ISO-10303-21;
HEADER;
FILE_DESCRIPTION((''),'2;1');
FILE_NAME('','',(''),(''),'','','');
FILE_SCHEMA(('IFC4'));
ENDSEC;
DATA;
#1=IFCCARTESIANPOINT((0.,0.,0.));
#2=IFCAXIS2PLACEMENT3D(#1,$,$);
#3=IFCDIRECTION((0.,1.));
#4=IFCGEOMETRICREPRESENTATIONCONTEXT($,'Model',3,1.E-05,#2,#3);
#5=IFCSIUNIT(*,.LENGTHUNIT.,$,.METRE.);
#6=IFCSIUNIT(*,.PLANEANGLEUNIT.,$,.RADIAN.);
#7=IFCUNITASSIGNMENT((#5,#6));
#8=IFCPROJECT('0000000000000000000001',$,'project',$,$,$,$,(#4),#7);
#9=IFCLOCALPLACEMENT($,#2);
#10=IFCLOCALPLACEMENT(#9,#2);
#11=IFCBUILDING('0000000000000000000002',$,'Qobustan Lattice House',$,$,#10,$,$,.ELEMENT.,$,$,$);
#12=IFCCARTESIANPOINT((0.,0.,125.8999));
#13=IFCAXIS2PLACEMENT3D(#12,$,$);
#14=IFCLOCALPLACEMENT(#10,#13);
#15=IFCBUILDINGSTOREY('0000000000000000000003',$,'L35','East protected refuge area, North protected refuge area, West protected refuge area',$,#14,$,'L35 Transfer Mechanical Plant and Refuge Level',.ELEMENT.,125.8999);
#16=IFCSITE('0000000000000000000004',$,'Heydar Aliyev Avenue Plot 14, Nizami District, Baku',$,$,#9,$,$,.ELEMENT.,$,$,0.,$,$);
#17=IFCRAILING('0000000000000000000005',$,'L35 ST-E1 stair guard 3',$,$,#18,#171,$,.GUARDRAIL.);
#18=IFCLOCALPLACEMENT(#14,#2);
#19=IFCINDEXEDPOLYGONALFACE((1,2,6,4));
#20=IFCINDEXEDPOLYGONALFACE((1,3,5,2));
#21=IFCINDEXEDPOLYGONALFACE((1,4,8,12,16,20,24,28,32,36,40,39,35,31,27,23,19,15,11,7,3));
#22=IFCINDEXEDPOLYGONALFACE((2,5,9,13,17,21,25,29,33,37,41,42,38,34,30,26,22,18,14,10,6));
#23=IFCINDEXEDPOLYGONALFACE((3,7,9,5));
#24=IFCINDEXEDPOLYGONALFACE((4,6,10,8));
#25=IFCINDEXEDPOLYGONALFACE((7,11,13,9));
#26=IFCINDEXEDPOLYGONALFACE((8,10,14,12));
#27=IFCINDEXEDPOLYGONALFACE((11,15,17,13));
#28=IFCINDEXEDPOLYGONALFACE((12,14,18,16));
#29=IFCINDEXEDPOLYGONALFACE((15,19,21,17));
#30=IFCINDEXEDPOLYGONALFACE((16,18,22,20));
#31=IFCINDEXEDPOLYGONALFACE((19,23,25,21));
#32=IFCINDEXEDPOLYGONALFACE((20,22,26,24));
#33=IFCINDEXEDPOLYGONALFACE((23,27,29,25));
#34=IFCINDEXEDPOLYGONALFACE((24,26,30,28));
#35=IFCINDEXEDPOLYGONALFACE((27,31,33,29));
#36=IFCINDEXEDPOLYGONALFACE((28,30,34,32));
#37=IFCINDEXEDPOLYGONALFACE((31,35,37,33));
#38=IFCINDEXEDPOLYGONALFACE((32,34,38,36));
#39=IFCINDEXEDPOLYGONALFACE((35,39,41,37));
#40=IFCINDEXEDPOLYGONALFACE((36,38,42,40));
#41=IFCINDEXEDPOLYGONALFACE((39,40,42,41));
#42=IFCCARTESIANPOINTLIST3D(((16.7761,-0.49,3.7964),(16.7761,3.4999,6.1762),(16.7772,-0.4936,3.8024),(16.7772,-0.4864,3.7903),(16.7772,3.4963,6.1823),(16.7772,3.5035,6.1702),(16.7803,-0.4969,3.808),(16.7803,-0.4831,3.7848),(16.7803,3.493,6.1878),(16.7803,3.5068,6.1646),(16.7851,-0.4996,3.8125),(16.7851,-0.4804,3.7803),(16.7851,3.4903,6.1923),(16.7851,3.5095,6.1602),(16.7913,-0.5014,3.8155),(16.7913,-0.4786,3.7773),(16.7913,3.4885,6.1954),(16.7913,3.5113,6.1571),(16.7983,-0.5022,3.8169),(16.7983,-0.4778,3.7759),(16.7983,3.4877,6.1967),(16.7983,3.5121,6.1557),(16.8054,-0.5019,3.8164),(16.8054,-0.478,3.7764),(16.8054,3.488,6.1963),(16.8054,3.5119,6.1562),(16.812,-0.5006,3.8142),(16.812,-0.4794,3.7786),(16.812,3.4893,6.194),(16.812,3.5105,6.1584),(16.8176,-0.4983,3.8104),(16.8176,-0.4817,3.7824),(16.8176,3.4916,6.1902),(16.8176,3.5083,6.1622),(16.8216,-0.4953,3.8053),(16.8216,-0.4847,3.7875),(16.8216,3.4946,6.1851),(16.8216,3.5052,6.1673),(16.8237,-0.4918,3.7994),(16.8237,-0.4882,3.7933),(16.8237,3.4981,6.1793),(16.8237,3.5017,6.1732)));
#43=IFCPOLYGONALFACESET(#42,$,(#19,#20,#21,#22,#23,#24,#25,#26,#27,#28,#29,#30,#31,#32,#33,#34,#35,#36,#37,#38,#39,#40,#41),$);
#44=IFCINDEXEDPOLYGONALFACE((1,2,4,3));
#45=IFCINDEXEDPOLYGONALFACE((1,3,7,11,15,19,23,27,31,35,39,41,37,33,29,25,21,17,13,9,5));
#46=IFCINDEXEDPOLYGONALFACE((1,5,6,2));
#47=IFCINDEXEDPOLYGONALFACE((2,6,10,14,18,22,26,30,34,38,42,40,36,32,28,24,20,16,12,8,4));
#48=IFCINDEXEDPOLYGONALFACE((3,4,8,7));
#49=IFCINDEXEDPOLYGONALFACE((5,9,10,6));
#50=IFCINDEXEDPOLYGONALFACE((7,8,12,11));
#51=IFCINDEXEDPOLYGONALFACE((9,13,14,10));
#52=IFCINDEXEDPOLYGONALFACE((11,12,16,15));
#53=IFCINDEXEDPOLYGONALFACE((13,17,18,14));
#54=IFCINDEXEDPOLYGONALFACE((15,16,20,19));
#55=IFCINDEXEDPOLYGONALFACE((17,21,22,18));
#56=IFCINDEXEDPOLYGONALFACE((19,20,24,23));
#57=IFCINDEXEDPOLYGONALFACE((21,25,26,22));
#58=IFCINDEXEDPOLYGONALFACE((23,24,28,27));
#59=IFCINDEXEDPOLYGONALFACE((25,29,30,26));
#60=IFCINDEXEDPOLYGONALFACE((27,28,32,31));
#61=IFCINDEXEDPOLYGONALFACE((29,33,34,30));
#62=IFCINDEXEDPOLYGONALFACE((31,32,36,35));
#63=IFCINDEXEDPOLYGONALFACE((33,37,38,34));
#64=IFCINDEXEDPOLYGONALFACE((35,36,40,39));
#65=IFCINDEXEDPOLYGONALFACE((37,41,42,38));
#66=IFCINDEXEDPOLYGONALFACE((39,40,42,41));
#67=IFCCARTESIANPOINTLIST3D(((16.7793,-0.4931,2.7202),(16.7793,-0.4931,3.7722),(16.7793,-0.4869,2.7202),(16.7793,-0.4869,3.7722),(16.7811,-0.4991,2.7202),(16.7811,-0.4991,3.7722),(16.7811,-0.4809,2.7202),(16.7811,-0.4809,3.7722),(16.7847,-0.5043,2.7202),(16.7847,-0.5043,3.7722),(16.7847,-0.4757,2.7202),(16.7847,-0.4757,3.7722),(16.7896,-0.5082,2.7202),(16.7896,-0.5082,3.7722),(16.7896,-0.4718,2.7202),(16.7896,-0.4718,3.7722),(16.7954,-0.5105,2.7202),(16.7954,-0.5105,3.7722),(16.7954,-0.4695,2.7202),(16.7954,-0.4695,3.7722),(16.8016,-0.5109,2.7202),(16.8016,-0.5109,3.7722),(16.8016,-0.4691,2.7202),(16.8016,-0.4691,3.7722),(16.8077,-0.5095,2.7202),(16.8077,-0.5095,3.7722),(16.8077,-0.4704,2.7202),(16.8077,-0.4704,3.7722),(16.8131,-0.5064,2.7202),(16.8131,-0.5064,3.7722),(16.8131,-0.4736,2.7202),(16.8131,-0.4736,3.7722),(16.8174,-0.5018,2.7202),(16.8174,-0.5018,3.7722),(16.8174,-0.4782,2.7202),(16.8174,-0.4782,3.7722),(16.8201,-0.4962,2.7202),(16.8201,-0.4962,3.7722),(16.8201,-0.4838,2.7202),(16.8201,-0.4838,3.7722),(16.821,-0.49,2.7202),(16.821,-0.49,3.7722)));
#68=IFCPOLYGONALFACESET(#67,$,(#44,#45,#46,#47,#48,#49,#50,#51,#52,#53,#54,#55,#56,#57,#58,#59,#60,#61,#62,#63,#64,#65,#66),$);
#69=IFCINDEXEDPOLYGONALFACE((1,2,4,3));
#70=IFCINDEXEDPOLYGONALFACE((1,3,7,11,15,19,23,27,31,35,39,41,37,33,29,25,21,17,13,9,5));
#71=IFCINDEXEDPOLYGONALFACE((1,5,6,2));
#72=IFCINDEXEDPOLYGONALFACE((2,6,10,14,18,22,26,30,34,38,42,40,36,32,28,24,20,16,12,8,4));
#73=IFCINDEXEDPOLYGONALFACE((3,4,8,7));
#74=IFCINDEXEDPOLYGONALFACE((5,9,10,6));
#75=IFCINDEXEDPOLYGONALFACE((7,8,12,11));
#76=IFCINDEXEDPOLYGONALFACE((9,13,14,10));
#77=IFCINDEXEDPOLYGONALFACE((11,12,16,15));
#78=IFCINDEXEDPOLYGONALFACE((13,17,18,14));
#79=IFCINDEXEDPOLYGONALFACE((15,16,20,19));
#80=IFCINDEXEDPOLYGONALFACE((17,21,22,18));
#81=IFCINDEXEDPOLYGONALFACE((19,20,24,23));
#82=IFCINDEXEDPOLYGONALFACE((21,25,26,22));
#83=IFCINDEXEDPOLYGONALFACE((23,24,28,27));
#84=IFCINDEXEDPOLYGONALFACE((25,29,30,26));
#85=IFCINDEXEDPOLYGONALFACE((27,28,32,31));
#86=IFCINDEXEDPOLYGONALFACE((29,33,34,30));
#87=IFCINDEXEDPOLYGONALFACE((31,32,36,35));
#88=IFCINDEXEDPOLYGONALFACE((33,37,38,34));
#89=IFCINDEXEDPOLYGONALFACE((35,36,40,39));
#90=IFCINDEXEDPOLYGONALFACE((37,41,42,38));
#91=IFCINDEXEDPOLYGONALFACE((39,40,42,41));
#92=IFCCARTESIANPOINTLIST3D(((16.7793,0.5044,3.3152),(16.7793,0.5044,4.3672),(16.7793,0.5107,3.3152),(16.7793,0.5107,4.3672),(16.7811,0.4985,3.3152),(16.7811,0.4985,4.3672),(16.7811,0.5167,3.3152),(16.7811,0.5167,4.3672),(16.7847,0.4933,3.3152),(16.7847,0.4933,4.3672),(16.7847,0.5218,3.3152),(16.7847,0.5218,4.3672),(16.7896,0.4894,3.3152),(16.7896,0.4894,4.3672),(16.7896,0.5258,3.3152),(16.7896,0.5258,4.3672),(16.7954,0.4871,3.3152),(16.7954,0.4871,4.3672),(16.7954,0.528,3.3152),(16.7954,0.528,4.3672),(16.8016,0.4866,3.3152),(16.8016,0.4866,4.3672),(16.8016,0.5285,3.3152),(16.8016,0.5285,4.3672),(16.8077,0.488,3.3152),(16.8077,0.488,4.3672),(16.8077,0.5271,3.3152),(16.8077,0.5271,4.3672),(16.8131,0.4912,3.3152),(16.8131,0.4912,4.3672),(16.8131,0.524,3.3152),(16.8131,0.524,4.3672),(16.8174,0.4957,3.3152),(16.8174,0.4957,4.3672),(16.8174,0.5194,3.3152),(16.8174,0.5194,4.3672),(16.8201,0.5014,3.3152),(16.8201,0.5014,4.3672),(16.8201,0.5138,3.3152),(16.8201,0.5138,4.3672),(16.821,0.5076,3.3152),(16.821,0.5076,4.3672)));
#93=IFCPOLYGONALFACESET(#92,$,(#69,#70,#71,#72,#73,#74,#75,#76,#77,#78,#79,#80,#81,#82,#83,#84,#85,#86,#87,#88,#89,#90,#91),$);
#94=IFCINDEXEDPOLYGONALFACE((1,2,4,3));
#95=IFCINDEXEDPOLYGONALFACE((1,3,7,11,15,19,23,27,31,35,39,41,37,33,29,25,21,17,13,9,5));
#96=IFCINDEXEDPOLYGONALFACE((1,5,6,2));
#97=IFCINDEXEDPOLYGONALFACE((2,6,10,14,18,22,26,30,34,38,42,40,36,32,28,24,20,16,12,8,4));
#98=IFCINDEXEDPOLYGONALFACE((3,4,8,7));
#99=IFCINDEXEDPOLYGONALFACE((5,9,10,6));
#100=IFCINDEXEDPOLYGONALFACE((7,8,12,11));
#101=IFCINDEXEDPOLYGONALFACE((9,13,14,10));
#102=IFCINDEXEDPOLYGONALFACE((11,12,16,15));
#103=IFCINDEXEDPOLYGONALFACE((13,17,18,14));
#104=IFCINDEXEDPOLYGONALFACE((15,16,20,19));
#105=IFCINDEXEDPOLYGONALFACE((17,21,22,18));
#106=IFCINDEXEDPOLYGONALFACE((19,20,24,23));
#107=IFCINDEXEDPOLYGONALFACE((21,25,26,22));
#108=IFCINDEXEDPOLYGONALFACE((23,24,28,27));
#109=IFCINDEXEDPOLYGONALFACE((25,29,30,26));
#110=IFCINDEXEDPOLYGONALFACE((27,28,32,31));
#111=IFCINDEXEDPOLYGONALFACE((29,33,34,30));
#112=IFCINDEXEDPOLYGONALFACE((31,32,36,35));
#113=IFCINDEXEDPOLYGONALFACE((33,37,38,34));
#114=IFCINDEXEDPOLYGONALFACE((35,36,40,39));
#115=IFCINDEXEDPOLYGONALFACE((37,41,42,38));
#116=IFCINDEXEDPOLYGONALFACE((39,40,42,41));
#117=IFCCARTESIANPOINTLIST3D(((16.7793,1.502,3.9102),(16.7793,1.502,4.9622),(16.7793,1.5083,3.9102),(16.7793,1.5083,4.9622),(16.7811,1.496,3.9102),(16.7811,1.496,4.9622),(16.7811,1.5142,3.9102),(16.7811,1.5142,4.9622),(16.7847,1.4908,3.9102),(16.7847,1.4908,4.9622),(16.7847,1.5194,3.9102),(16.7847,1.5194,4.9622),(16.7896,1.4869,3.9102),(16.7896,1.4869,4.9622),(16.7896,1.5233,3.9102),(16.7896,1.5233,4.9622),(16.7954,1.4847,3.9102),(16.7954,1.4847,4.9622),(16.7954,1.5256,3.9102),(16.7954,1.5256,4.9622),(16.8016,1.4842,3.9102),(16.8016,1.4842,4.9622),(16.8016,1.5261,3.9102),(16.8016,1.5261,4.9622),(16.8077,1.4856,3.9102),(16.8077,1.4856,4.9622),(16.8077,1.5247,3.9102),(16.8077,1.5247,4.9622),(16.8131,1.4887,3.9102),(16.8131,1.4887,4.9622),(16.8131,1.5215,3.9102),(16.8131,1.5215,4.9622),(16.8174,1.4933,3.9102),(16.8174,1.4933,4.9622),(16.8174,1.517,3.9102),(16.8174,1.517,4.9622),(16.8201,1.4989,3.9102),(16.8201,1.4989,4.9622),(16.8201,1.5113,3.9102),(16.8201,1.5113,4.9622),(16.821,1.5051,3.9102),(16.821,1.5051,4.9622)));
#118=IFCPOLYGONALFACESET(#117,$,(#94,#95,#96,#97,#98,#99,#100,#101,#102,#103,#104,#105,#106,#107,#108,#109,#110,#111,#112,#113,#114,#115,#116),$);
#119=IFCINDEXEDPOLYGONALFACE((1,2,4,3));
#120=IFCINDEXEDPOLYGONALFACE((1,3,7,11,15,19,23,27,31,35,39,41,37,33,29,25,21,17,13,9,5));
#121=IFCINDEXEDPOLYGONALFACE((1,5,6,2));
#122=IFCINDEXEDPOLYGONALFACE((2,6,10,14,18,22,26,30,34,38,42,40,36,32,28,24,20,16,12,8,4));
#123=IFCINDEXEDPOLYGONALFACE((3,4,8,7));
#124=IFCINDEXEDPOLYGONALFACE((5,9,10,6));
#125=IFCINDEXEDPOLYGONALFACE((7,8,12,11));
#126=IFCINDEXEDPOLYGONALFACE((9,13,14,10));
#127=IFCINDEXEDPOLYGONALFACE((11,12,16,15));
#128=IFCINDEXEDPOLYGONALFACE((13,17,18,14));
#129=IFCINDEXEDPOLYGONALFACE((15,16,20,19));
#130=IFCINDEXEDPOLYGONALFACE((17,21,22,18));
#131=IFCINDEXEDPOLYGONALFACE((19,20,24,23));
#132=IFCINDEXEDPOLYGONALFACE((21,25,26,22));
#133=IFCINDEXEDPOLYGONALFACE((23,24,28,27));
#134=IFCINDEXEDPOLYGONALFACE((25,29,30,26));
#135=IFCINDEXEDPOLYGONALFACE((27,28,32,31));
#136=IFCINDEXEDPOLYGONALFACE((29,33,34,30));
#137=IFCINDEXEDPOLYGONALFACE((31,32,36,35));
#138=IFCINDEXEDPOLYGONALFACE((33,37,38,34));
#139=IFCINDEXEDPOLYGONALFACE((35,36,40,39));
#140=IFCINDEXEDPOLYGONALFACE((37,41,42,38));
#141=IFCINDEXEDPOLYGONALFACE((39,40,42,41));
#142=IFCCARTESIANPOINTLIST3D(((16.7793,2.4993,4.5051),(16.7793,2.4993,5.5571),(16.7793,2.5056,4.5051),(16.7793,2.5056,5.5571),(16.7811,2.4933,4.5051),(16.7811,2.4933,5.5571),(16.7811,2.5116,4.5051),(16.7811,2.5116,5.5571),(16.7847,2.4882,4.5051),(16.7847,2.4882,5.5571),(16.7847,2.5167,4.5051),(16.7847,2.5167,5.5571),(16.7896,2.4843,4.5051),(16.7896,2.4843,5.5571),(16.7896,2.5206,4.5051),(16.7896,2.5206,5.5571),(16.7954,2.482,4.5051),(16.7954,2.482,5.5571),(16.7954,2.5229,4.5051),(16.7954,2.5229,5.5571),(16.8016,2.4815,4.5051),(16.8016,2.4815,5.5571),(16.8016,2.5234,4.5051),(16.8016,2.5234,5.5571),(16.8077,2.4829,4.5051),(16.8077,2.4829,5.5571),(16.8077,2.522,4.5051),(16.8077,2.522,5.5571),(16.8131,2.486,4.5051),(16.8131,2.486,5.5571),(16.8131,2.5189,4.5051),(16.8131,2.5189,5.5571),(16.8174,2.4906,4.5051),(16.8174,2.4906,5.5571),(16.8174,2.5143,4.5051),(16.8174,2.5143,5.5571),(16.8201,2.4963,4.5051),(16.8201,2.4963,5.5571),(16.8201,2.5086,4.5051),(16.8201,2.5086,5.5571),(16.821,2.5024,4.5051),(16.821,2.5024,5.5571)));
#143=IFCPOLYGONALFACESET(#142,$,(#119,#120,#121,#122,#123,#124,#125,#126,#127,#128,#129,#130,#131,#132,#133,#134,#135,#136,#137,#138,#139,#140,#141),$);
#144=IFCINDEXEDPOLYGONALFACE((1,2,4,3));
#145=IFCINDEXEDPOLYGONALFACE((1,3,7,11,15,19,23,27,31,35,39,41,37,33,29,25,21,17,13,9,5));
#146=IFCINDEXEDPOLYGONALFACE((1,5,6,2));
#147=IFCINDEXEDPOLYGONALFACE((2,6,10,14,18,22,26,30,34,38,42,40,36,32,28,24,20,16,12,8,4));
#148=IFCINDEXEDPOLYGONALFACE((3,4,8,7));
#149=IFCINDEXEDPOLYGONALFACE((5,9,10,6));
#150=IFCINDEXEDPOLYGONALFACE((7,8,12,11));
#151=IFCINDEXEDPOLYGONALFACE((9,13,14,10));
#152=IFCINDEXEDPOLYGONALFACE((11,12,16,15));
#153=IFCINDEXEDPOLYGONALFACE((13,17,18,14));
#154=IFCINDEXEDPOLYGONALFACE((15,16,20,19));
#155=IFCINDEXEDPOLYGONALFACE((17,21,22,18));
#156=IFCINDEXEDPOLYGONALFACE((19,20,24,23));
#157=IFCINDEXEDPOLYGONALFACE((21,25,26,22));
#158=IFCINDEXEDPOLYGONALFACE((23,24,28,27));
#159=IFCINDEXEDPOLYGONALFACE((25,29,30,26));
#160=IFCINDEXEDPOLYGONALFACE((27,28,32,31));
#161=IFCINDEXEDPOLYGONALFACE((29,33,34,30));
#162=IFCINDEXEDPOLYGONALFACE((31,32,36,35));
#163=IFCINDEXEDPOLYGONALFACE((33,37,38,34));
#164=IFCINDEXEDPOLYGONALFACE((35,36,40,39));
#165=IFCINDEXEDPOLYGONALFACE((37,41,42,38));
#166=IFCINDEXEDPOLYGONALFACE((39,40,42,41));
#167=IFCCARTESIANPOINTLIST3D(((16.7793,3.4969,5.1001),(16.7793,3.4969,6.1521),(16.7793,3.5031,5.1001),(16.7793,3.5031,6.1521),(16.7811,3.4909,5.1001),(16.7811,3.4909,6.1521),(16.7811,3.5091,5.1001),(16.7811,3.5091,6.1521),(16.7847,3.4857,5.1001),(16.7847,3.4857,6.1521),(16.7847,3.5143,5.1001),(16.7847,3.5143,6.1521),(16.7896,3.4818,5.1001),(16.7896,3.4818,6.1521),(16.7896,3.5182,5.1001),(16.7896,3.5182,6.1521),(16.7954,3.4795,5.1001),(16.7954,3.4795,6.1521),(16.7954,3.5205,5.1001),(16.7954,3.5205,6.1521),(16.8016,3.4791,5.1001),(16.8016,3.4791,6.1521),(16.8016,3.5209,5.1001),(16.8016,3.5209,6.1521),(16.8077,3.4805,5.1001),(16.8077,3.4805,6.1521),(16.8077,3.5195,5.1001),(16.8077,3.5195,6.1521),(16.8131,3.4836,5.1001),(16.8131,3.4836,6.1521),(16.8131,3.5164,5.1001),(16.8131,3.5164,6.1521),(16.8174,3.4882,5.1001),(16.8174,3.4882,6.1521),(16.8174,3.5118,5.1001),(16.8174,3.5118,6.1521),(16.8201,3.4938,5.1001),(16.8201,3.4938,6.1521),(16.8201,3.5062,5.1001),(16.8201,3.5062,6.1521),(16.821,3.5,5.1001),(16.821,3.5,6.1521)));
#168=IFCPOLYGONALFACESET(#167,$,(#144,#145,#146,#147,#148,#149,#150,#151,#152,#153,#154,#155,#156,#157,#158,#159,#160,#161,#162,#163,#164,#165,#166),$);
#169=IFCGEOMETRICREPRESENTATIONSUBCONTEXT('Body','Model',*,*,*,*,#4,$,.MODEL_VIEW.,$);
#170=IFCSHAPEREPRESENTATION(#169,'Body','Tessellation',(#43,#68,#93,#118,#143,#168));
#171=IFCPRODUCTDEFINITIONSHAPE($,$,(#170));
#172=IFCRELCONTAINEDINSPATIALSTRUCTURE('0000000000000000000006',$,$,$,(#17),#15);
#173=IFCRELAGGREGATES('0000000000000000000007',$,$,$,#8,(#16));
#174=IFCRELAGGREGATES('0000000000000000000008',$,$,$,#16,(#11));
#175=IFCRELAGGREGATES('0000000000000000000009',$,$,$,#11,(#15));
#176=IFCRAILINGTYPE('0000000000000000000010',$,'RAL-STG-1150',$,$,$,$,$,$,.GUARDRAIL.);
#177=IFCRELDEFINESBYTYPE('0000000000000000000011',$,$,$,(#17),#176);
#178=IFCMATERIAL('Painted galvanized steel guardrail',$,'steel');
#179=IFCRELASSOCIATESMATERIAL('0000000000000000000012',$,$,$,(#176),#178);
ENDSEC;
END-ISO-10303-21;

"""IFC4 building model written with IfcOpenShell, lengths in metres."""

from ifc_helpers import new_model, si_unit, direction, frame, origin, origin_2d, place, context, subcontext, project, spatial, circle, extrude, material, type_object, element, save


model = new_model("IFC4")

# Units and contexts
model_context = context("Model", 3, precision=1e-05, world=origin(), true_north=direction((0.0, 1.0)))
body_context = subcontext(model_context, "Body", "Model", "MODEL_VIEW")
ifc_project = project(units=[si_unit("LENGTHUNIT", "METRE"), si_unit("PLANEANGLEUNIT", "RADIAN")], contexts=[model_context])

# Site, building, storey
site_placement = place(None, origin())
site = spatial("IfcSite", under=ifc_project, at=site_placement, Name="Heydar Aliyev Avenue Plot 14, Nizami District, Baku", CompositionType="ELEMENT", RefElevation=0.0)
building_placement = place(site_placement, origin())
building = spatial("IfcBuilding", under=site, at=building_placement, Name="Qobustan Lattice House", CompositionType="ELEMENT")
storey_placement = place(building_placement, frame((0.0, 0.0, 125.8999)))
storey = spatial("IfcBuildingStorey", under=building, at=storey_placement, Name="L35", Description="East protected refuge area, North protected refuge area, West protected refuge area", LongName="L35 Transfer Mechanical Plant and Refuge Level", CompositionType="ELEMENT", Elevation=125.8999)

# Railing
ifc_material_1 = material(Name="Painted galvanized steel guardrail", Category="steel")
railing_type_1 = type_object("IfcRailingType", Name="RAL-STG-1150", PredefinedType="GUARDRAIL", material=ifc_material_1)
railing_1_placement = place(storey_placement, frame((16.8, -0.49, 2.7202)))
element("IfcRailing", 1, at=railing_1_placement, inside=storey, type_object=railing_type_1, Name="L35 ST-E1 stair guard 3", PredefinedType="GUARDRAIL", context=body_context, shape_type="SweptSolid", body=[
    extrude(circle(Radius=0.0239, at=origin_2d()), frame((0.0, 0.0, 1.0762), z_axis=(0.0, 0.85883, 0.512261), x_axis=(-1.0, 0.0, 0.0)), (0.0, 0.0, 1.0), 4.6458),
    extrude(circle(Radius=0.021, at=origin_2d()), origin(), (0.0, 0.0, 1.0), 1.052),
    extrude(circle(Radius=0.021, at=origin_2d()), frame((0.0, 0.9976, 0.595)), (0.0, 0.0, 1.0), 1.052),
    extrude(circle(Radius=0.021, at=origin_2d()), frame((0.0, 1.9951, 1.1899)), (0.0, 0.0, 1.0), 1.052),
    extrude(circle(Radius=0.021, at=origin_2d()), frame((0.0, 2.9924, 1.7849)), (0.0, 0.0, 1.0), 1.052),
    extrude(circle(Radius=0.021, at=origin_2d()), frame((0.0, 3.99, 2.3799)), (0.0, 0.0, 1.0), 1.052),
])

save(model, "model.ifc")
